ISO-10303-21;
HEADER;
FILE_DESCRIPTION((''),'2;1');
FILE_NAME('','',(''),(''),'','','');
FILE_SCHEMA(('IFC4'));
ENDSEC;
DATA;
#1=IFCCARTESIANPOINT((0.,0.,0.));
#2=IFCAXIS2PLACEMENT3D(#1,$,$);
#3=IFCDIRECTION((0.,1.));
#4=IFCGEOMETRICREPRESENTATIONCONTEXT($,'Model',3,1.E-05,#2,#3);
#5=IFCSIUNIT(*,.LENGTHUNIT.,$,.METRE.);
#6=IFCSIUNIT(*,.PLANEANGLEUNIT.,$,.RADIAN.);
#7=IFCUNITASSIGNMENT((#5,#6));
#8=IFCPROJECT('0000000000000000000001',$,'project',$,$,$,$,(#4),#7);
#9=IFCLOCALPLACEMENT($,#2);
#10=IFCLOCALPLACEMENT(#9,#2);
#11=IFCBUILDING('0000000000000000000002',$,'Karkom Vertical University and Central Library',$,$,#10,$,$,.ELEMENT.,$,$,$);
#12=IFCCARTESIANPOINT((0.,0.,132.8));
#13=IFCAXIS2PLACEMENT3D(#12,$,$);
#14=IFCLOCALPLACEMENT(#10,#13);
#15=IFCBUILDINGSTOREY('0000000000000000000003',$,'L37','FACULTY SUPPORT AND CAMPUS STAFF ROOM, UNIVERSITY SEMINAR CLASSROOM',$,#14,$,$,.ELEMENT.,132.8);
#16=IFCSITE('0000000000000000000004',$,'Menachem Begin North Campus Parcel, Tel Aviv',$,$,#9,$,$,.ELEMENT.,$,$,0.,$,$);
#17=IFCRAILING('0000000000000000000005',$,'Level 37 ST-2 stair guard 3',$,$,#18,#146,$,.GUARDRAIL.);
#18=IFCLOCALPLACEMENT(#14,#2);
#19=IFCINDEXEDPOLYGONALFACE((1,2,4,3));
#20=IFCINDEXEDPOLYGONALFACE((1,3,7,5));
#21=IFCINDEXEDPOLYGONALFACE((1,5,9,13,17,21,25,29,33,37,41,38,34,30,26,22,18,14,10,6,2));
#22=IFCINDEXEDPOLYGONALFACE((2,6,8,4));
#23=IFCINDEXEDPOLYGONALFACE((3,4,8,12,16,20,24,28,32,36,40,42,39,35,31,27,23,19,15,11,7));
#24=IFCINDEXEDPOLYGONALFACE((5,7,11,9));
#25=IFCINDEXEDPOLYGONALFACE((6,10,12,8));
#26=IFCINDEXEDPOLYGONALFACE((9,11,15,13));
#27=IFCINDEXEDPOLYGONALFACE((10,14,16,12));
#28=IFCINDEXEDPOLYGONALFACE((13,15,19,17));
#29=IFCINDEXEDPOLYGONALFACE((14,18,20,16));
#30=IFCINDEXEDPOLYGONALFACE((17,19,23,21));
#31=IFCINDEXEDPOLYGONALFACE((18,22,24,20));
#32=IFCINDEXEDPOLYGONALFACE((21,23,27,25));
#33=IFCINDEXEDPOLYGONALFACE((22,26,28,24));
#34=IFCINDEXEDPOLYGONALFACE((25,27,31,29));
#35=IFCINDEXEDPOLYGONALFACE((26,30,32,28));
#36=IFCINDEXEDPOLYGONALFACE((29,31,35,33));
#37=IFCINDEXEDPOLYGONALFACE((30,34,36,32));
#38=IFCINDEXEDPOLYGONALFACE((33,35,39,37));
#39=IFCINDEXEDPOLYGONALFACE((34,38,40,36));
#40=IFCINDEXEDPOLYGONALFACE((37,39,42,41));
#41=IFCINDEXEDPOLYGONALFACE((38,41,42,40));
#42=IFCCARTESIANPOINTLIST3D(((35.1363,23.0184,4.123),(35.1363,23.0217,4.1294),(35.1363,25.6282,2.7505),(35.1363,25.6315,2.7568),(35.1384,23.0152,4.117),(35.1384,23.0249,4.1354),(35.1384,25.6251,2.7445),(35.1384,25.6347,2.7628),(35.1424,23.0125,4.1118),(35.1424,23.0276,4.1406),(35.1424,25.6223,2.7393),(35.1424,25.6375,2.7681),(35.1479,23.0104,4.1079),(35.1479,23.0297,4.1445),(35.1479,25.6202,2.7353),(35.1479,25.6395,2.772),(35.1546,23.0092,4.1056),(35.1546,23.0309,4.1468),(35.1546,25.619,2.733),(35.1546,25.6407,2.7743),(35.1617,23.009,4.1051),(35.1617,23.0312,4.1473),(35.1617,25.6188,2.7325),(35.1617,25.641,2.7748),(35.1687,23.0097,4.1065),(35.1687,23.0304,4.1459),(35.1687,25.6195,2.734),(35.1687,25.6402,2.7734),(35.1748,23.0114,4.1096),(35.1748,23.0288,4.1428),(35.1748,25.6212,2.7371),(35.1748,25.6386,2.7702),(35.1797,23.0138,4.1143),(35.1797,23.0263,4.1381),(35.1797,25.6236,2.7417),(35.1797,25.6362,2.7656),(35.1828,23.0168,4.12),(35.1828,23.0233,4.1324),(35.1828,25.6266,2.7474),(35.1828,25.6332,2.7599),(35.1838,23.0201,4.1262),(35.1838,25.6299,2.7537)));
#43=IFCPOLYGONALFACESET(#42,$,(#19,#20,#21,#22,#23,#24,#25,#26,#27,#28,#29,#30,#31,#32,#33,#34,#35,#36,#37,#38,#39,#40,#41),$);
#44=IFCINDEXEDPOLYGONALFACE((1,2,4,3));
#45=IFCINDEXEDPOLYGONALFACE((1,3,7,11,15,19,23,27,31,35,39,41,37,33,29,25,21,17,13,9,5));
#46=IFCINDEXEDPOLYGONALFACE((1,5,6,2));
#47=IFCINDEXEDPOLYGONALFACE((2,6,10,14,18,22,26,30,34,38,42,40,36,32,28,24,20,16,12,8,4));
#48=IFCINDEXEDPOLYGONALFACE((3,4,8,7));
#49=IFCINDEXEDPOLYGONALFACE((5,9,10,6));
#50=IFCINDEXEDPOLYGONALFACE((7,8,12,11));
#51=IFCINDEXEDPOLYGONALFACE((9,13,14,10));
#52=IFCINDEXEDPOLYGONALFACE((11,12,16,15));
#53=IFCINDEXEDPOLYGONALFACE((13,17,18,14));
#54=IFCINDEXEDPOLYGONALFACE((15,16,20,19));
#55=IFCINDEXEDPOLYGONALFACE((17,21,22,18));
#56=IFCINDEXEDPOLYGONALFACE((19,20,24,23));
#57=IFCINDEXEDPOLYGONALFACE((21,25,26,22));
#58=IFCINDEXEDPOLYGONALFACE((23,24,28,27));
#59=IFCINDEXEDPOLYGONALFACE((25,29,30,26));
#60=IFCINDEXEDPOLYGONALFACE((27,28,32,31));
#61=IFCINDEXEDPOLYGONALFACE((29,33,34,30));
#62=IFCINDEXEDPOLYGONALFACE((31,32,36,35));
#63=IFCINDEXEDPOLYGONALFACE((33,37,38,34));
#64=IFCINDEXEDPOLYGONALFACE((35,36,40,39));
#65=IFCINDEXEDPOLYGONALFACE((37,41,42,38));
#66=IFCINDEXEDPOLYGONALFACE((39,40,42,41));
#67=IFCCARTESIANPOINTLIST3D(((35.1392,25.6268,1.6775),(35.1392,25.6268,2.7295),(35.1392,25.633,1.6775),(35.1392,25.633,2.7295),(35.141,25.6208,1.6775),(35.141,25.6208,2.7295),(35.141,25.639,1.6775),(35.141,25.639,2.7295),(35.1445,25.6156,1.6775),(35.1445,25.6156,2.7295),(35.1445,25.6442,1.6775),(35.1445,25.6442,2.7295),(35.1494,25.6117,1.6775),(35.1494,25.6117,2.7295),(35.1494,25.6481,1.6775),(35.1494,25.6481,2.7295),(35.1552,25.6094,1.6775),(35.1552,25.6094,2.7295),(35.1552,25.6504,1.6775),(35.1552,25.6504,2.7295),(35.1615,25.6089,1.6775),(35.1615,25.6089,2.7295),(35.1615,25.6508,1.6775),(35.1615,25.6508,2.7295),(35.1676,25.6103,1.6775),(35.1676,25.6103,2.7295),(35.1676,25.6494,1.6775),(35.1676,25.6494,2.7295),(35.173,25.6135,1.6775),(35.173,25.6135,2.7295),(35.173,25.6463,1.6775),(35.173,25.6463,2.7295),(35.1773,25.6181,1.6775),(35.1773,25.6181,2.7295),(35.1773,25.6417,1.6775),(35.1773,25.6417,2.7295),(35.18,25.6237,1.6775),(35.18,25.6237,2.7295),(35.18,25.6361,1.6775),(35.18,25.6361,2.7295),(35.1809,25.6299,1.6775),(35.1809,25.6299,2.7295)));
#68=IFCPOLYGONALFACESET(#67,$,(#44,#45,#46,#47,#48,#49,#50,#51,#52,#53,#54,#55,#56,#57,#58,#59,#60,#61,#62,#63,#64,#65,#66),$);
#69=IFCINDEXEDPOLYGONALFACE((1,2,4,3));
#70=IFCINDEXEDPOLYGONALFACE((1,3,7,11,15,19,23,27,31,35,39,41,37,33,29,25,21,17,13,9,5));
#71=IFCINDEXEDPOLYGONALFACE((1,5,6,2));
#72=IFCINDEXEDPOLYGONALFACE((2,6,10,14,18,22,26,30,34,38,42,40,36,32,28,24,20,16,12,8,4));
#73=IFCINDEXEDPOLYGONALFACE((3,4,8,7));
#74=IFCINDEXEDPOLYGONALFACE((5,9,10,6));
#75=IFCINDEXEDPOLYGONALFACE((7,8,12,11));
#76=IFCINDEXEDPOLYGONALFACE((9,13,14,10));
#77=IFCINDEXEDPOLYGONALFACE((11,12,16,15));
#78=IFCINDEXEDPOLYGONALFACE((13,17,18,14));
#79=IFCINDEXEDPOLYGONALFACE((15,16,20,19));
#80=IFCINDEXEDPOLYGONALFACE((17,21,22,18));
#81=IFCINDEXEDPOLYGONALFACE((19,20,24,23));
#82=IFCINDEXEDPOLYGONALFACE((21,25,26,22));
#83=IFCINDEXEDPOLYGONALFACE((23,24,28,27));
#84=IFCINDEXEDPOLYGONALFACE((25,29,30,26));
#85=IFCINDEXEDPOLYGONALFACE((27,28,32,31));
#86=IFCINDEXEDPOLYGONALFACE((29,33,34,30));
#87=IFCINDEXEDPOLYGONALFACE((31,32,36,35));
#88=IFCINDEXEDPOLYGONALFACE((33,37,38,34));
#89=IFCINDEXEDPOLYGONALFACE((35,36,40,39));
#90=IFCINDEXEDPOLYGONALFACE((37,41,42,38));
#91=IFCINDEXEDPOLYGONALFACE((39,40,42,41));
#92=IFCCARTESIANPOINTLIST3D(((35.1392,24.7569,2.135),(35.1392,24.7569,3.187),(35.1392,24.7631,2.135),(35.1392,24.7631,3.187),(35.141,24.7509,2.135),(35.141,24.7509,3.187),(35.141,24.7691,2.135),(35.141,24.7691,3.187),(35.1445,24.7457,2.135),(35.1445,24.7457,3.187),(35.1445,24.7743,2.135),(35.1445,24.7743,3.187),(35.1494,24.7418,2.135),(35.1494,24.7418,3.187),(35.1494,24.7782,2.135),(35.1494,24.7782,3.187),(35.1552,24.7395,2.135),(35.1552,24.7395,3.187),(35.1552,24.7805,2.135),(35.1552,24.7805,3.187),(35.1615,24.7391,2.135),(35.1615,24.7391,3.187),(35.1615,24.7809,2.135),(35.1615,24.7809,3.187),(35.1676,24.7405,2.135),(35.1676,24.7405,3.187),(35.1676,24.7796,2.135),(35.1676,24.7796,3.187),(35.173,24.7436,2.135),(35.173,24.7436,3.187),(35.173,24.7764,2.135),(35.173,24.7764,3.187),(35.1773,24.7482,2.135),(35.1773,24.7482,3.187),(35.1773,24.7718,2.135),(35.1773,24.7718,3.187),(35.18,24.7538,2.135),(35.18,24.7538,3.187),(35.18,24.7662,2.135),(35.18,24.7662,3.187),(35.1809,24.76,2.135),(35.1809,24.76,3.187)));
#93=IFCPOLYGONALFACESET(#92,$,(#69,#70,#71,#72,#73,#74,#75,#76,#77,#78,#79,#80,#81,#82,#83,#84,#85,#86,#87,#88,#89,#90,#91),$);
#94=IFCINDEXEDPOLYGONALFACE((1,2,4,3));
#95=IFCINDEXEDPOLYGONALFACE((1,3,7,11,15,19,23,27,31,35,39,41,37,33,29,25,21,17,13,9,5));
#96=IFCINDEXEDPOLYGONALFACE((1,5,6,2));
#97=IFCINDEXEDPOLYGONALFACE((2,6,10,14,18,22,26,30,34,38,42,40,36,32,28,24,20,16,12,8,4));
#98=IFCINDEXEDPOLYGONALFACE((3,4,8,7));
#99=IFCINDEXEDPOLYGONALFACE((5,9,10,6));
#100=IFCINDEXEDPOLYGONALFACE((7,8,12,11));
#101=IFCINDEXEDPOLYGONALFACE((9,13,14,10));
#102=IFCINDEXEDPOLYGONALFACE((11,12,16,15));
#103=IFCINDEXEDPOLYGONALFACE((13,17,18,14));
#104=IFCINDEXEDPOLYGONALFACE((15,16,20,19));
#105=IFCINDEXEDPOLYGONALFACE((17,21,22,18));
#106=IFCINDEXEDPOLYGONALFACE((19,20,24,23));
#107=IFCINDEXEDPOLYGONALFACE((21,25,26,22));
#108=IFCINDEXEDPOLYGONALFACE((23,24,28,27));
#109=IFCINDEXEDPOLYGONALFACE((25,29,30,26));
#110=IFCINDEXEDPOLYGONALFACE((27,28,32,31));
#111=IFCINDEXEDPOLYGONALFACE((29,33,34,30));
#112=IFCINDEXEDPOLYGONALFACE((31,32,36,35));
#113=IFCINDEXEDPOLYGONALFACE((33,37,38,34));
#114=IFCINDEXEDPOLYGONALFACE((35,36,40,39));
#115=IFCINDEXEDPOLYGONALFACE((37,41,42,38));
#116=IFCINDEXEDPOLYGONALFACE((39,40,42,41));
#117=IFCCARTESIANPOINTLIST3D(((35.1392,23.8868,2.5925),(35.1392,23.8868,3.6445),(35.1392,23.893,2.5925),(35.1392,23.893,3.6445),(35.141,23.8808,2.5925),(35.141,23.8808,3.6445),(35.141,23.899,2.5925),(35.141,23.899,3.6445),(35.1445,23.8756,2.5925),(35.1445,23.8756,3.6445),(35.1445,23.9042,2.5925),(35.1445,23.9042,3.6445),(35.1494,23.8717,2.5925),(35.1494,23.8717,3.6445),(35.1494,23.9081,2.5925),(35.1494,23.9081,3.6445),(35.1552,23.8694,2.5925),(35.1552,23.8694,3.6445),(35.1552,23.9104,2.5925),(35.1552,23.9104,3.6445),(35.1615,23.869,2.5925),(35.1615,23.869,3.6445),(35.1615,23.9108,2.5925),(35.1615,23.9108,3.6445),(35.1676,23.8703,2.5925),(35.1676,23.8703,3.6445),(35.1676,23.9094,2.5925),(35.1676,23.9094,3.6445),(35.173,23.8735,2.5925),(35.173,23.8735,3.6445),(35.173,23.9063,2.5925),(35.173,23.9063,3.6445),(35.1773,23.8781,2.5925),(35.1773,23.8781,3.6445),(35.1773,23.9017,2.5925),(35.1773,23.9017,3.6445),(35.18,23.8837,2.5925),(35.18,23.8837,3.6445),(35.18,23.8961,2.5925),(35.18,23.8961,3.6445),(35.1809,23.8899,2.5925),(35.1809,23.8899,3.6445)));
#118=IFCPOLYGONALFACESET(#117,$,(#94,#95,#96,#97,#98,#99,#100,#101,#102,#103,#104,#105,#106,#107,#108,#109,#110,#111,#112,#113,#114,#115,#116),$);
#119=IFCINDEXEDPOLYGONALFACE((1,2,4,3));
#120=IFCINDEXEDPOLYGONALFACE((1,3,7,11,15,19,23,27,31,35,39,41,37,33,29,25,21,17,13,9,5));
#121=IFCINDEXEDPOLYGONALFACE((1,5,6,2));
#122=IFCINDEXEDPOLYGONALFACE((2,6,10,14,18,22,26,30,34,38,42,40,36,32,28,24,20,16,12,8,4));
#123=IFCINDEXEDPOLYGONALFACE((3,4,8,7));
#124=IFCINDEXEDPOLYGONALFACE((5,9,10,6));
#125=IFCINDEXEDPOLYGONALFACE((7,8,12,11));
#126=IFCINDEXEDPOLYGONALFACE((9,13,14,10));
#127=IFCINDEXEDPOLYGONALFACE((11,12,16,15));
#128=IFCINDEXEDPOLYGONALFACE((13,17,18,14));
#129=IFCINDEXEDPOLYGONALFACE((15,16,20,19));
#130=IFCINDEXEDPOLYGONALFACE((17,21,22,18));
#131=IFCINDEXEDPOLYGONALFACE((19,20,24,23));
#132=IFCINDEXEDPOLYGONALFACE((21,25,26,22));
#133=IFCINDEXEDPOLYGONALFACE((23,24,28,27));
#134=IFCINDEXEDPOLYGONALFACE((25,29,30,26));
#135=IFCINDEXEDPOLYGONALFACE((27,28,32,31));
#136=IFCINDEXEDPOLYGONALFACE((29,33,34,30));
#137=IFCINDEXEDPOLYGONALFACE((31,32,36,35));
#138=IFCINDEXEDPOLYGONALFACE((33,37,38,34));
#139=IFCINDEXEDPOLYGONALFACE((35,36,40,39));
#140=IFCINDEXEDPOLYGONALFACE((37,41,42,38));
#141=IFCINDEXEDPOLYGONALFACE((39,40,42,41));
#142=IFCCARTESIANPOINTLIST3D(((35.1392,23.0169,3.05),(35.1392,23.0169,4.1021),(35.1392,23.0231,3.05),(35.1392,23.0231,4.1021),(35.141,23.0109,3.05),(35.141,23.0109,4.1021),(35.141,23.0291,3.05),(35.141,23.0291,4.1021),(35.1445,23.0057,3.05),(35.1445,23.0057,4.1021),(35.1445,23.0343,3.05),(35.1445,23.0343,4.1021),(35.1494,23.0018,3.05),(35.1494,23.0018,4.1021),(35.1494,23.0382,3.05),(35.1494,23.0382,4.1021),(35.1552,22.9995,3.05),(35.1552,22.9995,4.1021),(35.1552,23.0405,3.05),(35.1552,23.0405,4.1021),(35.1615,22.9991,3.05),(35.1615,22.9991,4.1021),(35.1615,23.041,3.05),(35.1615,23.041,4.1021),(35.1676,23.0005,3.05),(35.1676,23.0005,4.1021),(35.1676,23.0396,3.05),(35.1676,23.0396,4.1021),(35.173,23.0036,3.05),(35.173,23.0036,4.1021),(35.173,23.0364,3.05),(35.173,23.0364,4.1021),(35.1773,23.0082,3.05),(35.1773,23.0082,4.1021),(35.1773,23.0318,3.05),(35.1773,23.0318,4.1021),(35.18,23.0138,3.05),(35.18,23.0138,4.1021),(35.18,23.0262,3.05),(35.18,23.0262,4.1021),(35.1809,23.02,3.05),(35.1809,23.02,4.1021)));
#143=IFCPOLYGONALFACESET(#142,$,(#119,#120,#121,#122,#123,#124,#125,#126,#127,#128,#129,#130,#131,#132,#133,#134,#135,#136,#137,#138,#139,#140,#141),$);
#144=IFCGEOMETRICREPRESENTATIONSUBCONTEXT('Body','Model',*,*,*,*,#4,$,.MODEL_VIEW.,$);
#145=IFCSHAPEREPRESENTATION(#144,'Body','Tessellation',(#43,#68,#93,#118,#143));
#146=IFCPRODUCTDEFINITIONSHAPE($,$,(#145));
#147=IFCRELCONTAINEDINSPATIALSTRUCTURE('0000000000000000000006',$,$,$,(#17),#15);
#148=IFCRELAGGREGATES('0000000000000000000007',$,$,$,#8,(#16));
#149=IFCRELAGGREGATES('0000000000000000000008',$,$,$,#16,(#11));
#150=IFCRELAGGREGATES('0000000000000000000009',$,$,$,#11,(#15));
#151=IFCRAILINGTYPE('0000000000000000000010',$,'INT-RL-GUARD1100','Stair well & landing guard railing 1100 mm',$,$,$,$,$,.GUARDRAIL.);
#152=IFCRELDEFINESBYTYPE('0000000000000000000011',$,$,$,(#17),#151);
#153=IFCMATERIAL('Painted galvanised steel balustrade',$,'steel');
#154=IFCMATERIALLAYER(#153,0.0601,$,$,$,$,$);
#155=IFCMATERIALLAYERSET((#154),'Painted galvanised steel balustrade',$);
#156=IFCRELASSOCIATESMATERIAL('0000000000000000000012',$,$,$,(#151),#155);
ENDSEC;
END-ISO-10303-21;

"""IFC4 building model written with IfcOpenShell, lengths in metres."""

from ifc_helpers import new_model, si_unit, direction, frame, origin, origin_2d, place, context, subcontext, project, spatial, circle, extrude, material, layer, layer_set, type_object, element, save


model = new_model("IFC4")

# Units and contexts
model_context = context("Model", 3, precision=1e-05, world=origin(), true_north=direction((0.0, 1.0)))
body_context = subcontext(model_context, "Body", "Model", "MODEL_VIEW")
ifc_project = project(units=[si_unit("LENGTHUNIT", "METRE"), si_unit("PLANEANGLEUNIT", "RADIAN")], contexts=[model_context])

# Site, building, storey
site_placement = place(None, origin())
site = spatial("IfcSite", under=ifc_project, at=site_placement, Name="Menachem Begin North Campus Parcel, Tel Aviv", CompositionType="ELEMENT", RefElevation=0.0)
building_placement = place(site_placement, origin())
building = spatial("IfcBuilding", under=site, at=building_placement, Name="Karkom Vertical University and Central Library", CompositionType="ELEMENT")
storey_placement = place(building_placement, frame((0.0, 0.0, 132.8)))
storey = spatial("IfcBuildingStorey", under=building, at=storey_placement, Name="L37", Description="FACULTY SUPPORT AND CAMPUS STAFF ROOM, UNIVERSITY SEMINAR CLASSROOM", CompositionType="ELEMENT", Elevation=132.8)

# Railing
ifc_material_1 = material(Name="Painted galvanised steel balustrade", Category="steel")
ifc_layer_1 = layer(ifc_material_1, 0.0601)
ifc_layer_set_1 = layer_set([ifc_layer_1], Name="Painted galvanised steel balustrade")
railing_type_1 = type_object("IfcRailingType", Name="INT-RL-GUARD1100", Description="Stair well & landing guard railing 1100 mm", PredefinedType="GUARDRAIL", material=ifc_layer_set_1)
railing_1_placement = place(storey_placement, frame((35.1599, 25.6299, 1.6775)))
element("IfcRailing", 1, at=railing_1_placement, inside=storey, type_object=railing_type_1, Name="Level 37 ST-2 stair guard 3", PredefinedType="GUARDRAIL", context=body_context, shape_type="SweptSolid", body=[
    extrude(circle(Radius=0.0239, at=origin_2d()), frame((0.0, 0.0, 1.0762), z_axis=(0.0, -0.885065, 0.465467), x_axis=(1.0, 0.0, 0.0)), (0.0, 0.0, 1.0), 2.9487),
    extrude(circle(Radius=0.021, at=origin_2d()), origin(), (0.0, 0.0, 1.0), 1.052),
    extrude(circle(Radius=0.021, at=origin_2d()), frame((0.0, -0.8699, 0.4575)), (0.0, 0.0, 1.0), 1.052),
    extrude(circle(Radius=0.021, at=origin_2d()), frame((0.0, -1.74, 0.915)), (0.0, 0.0, 1.0), 1.052),
    extrude(circle(Radius=0.021, at=origin_2d()), frame((0.0, -2.6099, 1.3726)), (0.0, 0.0, 1.0), 1.052),
])

save(model, "model.ifc")
